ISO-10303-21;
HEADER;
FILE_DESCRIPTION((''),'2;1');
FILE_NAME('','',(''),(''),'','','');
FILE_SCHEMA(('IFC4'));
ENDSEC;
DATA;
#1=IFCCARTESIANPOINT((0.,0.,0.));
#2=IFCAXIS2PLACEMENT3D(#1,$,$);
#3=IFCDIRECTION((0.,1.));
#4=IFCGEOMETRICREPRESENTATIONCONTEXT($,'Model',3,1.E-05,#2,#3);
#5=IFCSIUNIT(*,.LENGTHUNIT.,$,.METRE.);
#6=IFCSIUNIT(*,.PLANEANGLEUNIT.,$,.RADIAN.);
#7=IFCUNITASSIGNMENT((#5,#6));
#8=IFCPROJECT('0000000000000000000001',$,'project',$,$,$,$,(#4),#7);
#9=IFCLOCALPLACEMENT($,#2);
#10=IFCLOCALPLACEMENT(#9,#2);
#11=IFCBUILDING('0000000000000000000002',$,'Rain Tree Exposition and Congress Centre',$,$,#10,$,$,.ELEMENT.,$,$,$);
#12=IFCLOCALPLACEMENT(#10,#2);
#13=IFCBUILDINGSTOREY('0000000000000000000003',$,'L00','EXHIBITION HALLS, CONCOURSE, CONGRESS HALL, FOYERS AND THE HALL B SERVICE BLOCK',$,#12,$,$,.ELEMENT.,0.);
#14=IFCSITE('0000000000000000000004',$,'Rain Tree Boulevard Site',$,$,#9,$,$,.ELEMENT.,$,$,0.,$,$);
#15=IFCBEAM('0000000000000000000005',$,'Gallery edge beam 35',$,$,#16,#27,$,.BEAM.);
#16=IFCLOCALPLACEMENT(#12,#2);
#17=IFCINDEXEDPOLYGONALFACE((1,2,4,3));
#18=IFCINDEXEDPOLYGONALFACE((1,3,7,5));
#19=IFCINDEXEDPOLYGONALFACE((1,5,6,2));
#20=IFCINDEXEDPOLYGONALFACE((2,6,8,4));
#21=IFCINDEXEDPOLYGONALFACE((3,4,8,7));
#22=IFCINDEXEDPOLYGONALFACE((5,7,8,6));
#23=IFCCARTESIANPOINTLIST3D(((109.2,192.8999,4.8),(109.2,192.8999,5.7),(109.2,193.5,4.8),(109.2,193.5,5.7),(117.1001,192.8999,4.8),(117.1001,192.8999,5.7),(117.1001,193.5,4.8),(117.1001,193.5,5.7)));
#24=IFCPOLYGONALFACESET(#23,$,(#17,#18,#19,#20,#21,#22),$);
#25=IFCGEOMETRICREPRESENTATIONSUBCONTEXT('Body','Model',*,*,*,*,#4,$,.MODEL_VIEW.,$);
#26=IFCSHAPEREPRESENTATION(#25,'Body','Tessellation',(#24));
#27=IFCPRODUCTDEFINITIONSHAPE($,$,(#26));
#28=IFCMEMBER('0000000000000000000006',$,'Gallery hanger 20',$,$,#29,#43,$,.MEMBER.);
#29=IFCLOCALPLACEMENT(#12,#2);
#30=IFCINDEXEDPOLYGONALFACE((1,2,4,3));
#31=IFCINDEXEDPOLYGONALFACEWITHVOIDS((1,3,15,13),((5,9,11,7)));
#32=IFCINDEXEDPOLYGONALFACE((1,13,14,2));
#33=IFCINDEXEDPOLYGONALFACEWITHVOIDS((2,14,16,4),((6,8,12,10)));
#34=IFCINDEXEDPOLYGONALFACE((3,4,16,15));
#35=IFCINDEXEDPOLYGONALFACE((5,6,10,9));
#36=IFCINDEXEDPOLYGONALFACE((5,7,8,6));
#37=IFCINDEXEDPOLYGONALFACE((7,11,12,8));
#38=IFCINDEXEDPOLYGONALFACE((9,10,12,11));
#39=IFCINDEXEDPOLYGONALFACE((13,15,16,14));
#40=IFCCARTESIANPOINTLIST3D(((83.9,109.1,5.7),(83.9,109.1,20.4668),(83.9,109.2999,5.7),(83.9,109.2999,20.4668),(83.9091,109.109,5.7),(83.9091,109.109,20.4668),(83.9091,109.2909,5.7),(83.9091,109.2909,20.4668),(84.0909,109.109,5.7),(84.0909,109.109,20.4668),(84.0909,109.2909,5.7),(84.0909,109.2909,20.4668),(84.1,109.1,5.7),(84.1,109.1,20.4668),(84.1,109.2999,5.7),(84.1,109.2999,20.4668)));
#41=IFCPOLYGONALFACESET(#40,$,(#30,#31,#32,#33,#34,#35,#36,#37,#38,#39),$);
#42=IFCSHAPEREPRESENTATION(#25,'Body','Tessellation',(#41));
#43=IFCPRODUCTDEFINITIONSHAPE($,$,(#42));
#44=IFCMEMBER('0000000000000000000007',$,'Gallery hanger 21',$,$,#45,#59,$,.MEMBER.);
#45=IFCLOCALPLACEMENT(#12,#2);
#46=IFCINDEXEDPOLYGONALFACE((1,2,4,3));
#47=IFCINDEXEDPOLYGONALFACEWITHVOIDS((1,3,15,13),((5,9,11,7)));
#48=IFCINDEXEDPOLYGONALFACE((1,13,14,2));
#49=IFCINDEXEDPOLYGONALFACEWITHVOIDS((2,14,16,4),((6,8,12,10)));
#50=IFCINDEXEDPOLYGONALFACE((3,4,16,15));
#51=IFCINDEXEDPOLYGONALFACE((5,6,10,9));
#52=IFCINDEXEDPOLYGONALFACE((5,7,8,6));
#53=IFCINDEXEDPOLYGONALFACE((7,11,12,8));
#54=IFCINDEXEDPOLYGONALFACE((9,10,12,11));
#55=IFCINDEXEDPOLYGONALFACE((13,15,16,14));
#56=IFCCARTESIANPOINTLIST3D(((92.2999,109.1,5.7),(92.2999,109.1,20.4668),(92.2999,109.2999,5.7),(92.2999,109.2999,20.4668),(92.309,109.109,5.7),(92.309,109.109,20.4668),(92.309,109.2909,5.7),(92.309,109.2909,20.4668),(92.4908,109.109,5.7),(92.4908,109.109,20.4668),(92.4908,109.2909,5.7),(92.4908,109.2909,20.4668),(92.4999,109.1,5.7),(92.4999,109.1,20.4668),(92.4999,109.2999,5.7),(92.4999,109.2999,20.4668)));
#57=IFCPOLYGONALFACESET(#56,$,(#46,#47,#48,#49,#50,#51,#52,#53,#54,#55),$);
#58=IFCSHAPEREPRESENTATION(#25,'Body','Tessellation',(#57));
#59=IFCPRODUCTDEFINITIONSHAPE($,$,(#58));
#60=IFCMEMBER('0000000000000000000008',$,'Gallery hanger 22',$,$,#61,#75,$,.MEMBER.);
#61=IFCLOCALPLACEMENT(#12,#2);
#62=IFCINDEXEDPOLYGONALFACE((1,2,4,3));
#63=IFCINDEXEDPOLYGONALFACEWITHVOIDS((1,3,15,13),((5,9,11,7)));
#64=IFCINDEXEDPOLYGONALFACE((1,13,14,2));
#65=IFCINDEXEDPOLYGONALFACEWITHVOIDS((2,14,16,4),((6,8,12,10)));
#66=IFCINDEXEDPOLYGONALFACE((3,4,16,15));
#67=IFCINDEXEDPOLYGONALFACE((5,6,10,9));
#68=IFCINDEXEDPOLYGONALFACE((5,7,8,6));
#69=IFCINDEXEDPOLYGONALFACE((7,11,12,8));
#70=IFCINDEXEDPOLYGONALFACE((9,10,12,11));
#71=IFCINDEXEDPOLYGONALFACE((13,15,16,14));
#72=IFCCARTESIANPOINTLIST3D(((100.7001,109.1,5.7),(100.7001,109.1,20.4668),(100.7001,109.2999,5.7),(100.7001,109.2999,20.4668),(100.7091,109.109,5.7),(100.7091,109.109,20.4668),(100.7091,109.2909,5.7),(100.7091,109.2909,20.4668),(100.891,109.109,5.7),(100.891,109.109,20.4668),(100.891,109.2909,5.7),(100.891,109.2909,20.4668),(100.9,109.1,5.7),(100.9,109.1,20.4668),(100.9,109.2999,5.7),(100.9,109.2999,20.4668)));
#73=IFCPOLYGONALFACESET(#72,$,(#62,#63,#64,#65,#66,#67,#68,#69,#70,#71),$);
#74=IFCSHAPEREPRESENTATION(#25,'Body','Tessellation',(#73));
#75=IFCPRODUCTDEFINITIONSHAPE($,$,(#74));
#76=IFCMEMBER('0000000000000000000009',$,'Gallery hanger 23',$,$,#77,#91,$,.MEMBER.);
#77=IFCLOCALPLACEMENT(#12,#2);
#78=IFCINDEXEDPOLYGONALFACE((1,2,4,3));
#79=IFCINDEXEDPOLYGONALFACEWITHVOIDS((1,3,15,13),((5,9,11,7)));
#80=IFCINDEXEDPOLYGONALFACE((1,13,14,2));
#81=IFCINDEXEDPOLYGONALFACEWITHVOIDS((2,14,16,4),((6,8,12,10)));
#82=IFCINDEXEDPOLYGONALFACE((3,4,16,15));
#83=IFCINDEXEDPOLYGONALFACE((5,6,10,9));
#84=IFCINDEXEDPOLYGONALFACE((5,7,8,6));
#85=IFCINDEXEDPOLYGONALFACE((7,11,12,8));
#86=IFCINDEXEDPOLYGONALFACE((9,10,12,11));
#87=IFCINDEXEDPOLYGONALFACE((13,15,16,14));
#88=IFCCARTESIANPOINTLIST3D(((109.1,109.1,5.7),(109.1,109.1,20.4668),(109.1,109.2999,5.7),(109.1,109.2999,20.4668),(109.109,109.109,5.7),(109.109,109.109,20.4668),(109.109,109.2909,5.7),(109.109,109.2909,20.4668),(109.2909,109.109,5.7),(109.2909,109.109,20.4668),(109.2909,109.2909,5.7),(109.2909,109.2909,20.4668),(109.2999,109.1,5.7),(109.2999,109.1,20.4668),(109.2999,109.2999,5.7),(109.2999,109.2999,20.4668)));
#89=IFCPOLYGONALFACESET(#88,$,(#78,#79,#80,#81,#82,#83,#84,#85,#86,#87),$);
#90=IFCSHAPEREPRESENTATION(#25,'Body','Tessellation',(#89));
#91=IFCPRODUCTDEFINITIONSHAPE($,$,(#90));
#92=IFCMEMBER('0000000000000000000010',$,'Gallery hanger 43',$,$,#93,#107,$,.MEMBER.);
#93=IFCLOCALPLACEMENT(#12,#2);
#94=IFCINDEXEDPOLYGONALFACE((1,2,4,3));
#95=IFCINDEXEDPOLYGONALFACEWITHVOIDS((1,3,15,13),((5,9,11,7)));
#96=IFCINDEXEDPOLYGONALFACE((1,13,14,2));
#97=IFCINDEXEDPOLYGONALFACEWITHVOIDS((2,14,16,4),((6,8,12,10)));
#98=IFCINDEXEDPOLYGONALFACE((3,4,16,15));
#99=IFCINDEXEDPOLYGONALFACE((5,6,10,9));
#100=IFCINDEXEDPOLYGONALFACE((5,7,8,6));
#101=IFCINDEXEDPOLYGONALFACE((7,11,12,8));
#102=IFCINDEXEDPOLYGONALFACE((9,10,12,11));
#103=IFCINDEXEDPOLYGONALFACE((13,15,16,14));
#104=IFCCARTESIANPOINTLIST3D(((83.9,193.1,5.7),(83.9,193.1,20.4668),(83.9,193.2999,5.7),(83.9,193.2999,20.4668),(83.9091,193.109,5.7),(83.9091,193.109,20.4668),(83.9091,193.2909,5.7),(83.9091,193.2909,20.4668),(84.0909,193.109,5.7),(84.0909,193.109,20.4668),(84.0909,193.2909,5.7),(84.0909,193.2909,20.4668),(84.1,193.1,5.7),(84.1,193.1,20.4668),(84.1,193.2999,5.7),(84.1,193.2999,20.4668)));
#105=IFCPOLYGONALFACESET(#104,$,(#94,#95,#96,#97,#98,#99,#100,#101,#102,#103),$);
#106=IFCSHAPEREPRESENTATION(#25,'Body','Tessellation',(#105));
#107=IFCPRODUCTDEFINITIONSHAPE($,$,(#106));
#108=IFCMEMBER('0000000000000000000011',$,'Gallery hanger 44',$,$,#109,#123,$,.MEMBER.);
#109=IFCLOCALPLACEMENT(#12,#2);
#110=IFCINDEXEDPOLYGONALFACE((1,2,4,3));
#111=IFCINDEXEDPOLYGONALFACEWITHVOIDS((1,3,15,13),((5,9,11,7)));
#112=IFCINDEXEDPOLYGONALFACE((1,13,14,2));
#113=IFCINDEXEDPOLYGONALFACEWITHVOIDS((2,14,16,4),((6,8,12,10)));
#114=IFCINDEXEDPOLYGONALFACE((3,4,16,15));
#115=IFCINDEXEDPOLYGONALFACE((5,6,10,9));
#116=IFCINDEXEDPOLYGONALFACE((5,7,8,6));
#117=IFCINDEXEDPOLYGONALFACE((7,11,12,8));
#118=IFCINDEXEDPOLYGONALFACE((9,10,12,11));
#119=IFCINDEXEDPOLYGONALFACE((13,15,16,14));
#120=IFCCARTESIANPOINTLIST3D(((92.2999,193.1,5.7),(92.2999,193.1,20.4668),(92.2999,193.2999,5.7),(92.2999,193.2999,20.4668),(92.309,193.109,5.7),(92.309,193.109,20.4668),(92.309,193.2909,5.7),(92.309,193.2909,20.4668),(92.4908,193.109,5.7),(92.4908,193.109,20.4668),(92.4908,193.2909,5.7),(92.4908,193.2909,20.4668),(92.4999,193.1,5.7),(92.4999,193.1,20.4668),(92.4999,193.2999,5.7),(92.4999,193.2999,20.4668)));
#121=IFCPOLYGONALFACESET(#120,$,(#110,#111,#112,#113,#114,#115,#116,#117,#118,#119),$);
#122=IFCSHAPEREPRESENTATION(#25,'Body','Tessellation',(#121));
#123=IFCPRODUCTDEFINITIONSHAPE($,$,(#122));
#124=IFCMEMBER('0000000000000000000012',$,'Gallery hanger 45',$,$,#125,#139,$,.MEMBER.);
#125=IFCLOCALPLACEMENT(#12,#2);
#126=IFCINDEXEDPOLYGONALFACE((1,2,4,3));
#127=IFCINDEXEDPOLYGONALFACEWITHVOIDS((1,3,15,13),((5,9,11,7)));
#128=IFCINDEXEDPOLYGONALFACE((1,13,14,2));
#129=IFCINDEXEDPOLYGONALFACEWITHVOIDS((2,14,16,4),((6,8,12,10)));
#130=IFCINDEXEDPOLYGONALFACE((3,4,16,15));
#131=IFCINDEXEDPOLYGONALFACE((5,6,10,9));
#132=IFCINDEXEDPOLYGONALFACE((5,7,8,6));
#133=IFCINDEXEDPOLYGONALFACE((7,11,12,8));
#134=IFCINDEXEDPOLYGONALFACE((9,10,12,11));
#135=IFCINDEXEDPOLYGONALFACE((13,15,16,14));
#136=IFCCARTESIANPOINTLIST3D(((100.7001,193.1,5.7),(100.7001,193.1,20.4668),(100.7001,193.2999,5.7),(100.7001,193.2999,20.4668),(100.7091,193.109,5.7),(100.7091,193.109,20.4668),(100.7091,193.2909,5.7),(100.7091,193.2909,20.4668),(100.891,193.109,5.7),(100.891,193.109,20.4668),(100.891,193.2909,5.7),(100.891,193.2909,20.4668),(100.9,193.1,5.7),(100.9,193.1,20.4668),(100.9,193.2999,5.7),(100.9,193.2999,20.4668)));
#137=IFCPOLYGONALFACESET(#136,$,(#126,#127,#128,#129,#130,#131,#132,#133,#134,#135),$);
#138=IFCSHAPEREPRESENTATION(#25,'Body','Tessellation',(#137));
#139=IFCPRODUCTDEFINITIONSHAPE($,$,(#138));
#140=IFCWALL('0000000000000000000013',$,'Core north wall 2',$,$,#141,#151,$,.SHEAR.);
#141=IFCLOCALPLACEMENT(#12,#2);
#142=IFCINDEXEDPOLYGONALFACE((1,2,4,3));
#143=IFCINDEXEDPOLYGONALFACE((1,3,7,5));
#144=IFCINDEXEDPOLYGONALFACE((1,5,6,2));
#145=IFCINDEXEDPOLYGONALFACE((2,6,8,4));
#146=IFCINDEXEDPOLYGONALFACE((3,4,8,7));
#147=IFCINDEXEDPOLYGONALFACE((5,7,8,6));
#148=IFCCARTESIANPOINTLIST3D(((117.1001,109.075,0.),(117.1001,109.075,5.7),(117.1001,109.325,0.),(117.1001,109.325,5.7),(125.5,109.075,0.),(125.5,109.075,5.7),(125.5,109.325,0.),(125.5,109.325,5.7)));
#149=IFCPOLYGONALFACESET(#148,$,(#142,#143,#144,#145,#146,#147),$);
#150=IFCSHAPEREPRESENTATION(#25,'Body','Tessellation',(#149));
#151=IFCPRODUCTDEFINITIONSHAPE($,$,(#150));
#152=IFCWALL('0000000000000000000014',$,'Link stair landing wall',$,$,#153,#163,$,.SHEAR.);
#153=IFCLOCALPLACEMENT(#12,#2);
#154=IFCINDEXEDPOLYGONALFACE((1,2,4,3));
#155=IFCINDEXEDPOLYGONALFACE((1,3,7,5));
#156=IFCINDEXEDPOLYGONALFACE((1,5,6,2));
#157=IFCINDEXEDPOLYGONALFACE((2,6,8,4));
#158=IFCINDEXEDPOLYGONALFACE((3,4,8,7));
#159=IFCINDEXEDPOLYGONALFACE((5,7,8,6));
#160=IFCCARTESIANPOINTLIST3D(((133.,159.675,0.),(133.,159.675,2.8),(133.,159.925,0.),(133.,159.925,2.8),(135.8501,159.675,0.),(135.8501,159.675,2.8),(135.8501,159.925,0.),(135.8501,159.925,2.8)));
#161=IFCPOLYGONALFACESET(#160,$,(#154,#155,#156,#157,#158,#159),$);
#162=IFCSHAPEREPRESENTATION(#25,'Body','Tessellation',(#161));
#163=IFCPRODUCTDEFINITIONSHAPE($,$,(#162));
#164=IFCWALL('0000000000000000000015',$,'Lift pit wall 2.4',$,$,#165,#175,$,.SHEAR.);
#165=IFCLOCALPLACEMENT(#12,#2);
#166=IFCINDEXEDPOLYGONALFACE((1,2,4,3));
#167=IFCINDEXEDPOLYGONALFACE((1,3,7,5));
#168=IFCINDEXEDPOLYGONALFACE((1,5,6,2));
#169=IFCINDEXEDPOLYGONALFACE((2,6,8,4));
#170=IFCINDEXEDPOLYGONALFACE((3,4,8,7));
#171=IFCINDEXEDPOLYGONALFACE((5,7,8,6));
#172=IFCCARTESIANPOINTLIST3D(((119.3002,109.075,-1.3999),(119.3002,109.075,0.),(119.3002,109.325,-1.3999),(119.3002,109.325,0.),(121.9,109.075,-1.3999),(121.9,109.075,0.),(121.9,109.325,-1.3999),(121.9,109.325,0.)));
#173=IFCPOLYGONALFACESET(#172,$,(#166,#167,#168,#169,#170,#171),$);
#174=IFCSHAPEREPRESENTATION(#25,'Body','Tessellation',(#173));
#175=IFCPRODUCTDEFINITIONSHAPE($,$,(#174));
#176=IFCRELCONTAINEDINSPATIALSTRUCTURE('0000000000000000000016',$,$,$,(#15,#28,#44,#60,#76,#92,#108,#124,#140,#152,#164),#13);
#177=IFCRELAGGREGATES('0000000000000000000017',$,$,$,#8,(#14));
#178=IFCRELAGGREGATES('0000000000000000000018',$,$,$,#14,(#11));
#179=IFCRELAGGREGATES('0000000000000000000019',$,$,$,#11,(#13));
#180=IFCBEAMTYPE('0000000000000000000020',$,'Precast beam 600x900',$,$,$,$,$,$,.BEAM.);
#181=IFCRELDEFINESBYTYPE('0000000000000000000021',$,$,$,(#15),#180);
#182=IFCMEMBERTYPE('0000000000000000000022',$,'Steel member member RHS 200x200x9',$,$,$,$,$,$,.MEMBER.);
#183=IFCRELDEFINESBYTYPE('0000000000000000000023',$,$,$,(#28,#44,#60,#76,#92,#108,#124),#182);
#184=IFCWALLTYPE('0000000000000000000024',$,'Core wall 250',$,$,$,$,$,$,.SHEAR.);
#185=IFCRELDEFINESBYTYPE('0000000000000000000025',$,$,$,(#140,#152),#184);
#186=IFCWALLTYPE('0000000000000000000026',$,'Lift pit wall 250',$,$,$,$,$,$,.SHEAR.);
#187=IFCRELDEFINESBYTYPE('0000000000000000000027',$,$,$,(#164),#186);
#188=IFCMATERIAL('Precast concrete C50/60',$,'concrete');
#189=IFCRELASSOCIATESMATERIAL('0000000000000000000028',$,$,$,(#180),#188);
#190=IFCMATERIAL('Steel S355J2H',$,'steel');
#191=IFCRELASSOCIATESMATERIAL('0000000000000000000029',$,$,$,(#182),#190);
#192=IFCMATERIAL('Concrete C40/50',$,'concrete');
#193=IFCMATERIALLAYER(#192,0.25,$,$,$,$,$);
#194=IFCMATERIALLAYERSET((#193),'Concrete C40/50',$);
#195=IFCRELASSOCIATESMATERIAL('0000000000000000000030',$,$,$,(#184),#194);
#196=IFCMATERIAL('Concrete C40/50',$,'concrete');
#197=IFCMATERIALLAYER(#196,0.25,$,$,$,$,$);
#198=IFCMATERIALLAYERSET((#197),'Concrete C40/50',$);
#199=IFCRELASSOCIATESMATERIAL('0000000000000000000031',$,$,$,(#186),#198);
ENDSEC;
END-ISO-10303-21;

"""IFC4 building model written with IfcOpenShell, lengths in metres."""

from ifc_helpers import new_model, si_unit, direction, frame, frame_2d, origin, origin_2d, place, context, subcontext, project, spatial, rectangle, hollow_rectangle, extrude, material, layer, layer_set, material_profile, profile_set, type_object, element, save


model = new_model("IFC4")

# Units and contexts
model_context = context("Model", 3, precision=1e-05, world=origin(), true_north=direction((0.0, 1.0)))
body_context = subcontext(model_context, "Body", "Model", "MODEL_VIEW")
ifc_project = project(units=[si_unit("LENGTHUNIT", "METRE"), si_unit("PLANEANGLEUNIT", "RADIAN")], contexts=[model_context])

# Site, building, storey
site_placement = place(None, origin())
site = spatial("IfcSite", under=ifc_project, at=site_placement, Name="Rain Tree Boulevard Site", CompositionType="ELEMENT", RefElevation=0.0)
building_placement = place(site_placement, origin())
building = spatial("IfcBuilding", under=site, at=building_placement, Name="Rain Tree Exposition and Congress Centre", CompositionType="ELEMENT")
storey_placement = place(building_placement, origin())
storey = spatial("IfcBuildingStorey", under=building, at=storey_placement, Name="L00", Description="EXHIBITION HALLS, CONCOURSE, CONGRESS HALL, FOYERS AND THE HALL B SERVICE BLOCK", CompositionType="ELEMENT", Elevation=0.0)

# Beam
ifc_material_1 = material(Name="Precast concrete C50/60", Category="concrete")
ifc_material_profile_1 = material_profile(ifc_material_1, rectangle(XDim=0.6001, YDim=0.8999, at=origin_2d()), Name="RC 600x900")
ifc_profile_set_1 = profile_set([ifc_material_profile_1], Name="Precast concrete C50/60")
beam_type = type_object("IfcBeamType", Name="Precast beam 600x900", PredefinedType="BEAM", material=ifc_profile_set_1)
beam_1_placement = place(storey_placement, frame((109.2, 193.2, 5.25), z_axis=(1.0, 0.0, 0.0), x_axis=(0.0, 1.0, 0.0)))
element("IfcBeam", 1, at=beam_1_placement, inside=storey, type_object=beam_type, Name="Gallery edge beam 35", PredefinedType="BEAM", context=body_context, shape_type="SweptSolid", body=[
    extrude(rectangle(XDim=0.6001, YDim=0.8999, at=origin_2d()), origin(), (0.0, 0.0, 1.0), 7.9001),
])

# Members
ifc_material_2 = material(Name="Steel S355J2H", Category="steel")
ifc_material_profile_2 = material_profile(ifc_material_2, hollow_rectangle(XDim=0.2, YDim=0.2, WallThickness=0.009, at=origin_2d()), Name="RHS 200x200x9")
ifc_profile_set_2 = profile_set([ifc_material_profile_2], Name="Steel S355J2H")
member_type = type_object("IfcMemberType", Name="Steel member member RHS 200x200x9", PredefinedType="MEMBER", material=ifc_profile_set_2)
for number, where, z_axis, x_axis, name in (
    (2, (84.0, 109.2, 5.7), (0.0, 0.0, 1.0), (1.0, 0.0, 0.0), "Gallery hanger 20"),
    (3, (92.3999, 109.2, 5.7), (0.0, 0.0, 1.0), (1.0, 0.0, 0.0), "Gallery hanger 21"),
    (4, (100.8, 109.2, 5.7), (0.0, 0.0, 1.0), (1.0, 0.0, 0.0), "Gallery hanger 22"),
    (5, (109.2, 109.2, 5.7), (0.0, 0.0, 1.0), (1.0, 0.0, 0.0), "Gallery hanger 23"),
    (6, (84.0, 193.2, 5.7), (0.0, 0.0, 1.0), (1.0, 0.0, 0.0), "Gallery hanger 43"),
    (7, (92.3999, 193.2, 5.7), (0.0, 0.0, 1.0), (1.0, 0.0, 0.0), "Gallery hanger 44"),
    (8, (100.8, 193.2, 5.7), (0.0, 0.0, 1.0), (1.0, 0.0, 0.0), "Gallery hanger 45"),
):
    element("IfcMember", number, at=place(storey_placement, frame(where, z_axis=z_axis, x_axis=x_axis)), inside=storey, type_object=member_type, Name=name, PredefinedType="MEMBER", context=body_context, shape_type="SweptSolid", body=[
        extrude(hollow_rectangle(XDim=0.2, YDim=0.2, WallThickness=0.009, at=origin_2d()), origin(), (0.0, 0.0, 1.0), 14.7668),
    ])

# Walls
ifc_material_3 = material(Name="Concrete C40/50", Category="concrete")
ifc_layer_1 = layer(ifc_material_3, 0.25)
ifc_layer_set_1 = layer_set([ifc_layer_1], Name="Concrete C40/50")
wall_type_1 = type_object("IfcWallType", Name="Core wall 250", PredefinedType="SHEAR", material=ifc_layer_set_1)
wall_1_placement = place(storey_placement, frame((125.5, 109.2, 0.0), z_axis=(0.0, 0.0, 1.0), x_axis=(-1.0, 0.0, 0.0)))
element("IfcWall", 9, at=wall_1_placement, inside=storey, type_object=wall_type_1, Name="Core north wall 2", PredefinedType="SHEAR", context=body_context, shape_type="SweptSolid", body=[
    extrude(rectangle(XDim=8.3999, YDim=0.25, at=frame_2d((4.2, 0.0))), origin(), (0.0, 0.0, 1.0), 5.7),
])
wall_2_placement = place(storey_placement, frame((133.0, 159.8, 0.0), z_axis=(0.0, 0.0, 1.0), x_axis=(1.0, 0.0, 0.0)))
element("IfcWall", 10, at=wall_2_placement, inside=storey, type_object=wall_type_1, Name="Link stair landing wall", PredefinedType="SHEAR", context=body_context, shape_type="SweptSolid", body=[
    extrude(rectangle(XDim=2.8501, YDim=0.25, at=frame_2d((1.425, 0.0))), origin(), (0.0, 0.0, 1.0), 2.8),
])
ifc_material_4 = material(Name="Concrete C40/50", Category="concrete")
ifc_layer_2 = layer(ifc_material_4, 0.25)
ifc_layer_set_2 = layer_set([ifc_layer_2], Name="Concrete C40/50")
wall_type_2 = type_object("IfcWallType", Name="Lift pit wall 250", PredefinedType="SHEAR", material=ifc_layer_set_2)
wall_3_placement = place(storey_placement, frame((121.8999, 109.2, -1.3999), z_axis=(0.0, 0.0, 1.0), x_axis=(-1.0, 0.0, 0.0)))
element("IfcWall", 11, at=wall_3_placement, inside=storey, type_object=wall_type_2, Name="Lift pit wall 2.4", PredefinedType="SHEAR", context=body_context, shape_type="SweptSolid", body=[
    extrude(rectangle(XDim=2.5999, YDim=0.25, at=frame_2d((1.2998, 0.0))), origin(), (0.0, 0.0, 1.0), 1.3999),
])

save(model, "model.ifc")
